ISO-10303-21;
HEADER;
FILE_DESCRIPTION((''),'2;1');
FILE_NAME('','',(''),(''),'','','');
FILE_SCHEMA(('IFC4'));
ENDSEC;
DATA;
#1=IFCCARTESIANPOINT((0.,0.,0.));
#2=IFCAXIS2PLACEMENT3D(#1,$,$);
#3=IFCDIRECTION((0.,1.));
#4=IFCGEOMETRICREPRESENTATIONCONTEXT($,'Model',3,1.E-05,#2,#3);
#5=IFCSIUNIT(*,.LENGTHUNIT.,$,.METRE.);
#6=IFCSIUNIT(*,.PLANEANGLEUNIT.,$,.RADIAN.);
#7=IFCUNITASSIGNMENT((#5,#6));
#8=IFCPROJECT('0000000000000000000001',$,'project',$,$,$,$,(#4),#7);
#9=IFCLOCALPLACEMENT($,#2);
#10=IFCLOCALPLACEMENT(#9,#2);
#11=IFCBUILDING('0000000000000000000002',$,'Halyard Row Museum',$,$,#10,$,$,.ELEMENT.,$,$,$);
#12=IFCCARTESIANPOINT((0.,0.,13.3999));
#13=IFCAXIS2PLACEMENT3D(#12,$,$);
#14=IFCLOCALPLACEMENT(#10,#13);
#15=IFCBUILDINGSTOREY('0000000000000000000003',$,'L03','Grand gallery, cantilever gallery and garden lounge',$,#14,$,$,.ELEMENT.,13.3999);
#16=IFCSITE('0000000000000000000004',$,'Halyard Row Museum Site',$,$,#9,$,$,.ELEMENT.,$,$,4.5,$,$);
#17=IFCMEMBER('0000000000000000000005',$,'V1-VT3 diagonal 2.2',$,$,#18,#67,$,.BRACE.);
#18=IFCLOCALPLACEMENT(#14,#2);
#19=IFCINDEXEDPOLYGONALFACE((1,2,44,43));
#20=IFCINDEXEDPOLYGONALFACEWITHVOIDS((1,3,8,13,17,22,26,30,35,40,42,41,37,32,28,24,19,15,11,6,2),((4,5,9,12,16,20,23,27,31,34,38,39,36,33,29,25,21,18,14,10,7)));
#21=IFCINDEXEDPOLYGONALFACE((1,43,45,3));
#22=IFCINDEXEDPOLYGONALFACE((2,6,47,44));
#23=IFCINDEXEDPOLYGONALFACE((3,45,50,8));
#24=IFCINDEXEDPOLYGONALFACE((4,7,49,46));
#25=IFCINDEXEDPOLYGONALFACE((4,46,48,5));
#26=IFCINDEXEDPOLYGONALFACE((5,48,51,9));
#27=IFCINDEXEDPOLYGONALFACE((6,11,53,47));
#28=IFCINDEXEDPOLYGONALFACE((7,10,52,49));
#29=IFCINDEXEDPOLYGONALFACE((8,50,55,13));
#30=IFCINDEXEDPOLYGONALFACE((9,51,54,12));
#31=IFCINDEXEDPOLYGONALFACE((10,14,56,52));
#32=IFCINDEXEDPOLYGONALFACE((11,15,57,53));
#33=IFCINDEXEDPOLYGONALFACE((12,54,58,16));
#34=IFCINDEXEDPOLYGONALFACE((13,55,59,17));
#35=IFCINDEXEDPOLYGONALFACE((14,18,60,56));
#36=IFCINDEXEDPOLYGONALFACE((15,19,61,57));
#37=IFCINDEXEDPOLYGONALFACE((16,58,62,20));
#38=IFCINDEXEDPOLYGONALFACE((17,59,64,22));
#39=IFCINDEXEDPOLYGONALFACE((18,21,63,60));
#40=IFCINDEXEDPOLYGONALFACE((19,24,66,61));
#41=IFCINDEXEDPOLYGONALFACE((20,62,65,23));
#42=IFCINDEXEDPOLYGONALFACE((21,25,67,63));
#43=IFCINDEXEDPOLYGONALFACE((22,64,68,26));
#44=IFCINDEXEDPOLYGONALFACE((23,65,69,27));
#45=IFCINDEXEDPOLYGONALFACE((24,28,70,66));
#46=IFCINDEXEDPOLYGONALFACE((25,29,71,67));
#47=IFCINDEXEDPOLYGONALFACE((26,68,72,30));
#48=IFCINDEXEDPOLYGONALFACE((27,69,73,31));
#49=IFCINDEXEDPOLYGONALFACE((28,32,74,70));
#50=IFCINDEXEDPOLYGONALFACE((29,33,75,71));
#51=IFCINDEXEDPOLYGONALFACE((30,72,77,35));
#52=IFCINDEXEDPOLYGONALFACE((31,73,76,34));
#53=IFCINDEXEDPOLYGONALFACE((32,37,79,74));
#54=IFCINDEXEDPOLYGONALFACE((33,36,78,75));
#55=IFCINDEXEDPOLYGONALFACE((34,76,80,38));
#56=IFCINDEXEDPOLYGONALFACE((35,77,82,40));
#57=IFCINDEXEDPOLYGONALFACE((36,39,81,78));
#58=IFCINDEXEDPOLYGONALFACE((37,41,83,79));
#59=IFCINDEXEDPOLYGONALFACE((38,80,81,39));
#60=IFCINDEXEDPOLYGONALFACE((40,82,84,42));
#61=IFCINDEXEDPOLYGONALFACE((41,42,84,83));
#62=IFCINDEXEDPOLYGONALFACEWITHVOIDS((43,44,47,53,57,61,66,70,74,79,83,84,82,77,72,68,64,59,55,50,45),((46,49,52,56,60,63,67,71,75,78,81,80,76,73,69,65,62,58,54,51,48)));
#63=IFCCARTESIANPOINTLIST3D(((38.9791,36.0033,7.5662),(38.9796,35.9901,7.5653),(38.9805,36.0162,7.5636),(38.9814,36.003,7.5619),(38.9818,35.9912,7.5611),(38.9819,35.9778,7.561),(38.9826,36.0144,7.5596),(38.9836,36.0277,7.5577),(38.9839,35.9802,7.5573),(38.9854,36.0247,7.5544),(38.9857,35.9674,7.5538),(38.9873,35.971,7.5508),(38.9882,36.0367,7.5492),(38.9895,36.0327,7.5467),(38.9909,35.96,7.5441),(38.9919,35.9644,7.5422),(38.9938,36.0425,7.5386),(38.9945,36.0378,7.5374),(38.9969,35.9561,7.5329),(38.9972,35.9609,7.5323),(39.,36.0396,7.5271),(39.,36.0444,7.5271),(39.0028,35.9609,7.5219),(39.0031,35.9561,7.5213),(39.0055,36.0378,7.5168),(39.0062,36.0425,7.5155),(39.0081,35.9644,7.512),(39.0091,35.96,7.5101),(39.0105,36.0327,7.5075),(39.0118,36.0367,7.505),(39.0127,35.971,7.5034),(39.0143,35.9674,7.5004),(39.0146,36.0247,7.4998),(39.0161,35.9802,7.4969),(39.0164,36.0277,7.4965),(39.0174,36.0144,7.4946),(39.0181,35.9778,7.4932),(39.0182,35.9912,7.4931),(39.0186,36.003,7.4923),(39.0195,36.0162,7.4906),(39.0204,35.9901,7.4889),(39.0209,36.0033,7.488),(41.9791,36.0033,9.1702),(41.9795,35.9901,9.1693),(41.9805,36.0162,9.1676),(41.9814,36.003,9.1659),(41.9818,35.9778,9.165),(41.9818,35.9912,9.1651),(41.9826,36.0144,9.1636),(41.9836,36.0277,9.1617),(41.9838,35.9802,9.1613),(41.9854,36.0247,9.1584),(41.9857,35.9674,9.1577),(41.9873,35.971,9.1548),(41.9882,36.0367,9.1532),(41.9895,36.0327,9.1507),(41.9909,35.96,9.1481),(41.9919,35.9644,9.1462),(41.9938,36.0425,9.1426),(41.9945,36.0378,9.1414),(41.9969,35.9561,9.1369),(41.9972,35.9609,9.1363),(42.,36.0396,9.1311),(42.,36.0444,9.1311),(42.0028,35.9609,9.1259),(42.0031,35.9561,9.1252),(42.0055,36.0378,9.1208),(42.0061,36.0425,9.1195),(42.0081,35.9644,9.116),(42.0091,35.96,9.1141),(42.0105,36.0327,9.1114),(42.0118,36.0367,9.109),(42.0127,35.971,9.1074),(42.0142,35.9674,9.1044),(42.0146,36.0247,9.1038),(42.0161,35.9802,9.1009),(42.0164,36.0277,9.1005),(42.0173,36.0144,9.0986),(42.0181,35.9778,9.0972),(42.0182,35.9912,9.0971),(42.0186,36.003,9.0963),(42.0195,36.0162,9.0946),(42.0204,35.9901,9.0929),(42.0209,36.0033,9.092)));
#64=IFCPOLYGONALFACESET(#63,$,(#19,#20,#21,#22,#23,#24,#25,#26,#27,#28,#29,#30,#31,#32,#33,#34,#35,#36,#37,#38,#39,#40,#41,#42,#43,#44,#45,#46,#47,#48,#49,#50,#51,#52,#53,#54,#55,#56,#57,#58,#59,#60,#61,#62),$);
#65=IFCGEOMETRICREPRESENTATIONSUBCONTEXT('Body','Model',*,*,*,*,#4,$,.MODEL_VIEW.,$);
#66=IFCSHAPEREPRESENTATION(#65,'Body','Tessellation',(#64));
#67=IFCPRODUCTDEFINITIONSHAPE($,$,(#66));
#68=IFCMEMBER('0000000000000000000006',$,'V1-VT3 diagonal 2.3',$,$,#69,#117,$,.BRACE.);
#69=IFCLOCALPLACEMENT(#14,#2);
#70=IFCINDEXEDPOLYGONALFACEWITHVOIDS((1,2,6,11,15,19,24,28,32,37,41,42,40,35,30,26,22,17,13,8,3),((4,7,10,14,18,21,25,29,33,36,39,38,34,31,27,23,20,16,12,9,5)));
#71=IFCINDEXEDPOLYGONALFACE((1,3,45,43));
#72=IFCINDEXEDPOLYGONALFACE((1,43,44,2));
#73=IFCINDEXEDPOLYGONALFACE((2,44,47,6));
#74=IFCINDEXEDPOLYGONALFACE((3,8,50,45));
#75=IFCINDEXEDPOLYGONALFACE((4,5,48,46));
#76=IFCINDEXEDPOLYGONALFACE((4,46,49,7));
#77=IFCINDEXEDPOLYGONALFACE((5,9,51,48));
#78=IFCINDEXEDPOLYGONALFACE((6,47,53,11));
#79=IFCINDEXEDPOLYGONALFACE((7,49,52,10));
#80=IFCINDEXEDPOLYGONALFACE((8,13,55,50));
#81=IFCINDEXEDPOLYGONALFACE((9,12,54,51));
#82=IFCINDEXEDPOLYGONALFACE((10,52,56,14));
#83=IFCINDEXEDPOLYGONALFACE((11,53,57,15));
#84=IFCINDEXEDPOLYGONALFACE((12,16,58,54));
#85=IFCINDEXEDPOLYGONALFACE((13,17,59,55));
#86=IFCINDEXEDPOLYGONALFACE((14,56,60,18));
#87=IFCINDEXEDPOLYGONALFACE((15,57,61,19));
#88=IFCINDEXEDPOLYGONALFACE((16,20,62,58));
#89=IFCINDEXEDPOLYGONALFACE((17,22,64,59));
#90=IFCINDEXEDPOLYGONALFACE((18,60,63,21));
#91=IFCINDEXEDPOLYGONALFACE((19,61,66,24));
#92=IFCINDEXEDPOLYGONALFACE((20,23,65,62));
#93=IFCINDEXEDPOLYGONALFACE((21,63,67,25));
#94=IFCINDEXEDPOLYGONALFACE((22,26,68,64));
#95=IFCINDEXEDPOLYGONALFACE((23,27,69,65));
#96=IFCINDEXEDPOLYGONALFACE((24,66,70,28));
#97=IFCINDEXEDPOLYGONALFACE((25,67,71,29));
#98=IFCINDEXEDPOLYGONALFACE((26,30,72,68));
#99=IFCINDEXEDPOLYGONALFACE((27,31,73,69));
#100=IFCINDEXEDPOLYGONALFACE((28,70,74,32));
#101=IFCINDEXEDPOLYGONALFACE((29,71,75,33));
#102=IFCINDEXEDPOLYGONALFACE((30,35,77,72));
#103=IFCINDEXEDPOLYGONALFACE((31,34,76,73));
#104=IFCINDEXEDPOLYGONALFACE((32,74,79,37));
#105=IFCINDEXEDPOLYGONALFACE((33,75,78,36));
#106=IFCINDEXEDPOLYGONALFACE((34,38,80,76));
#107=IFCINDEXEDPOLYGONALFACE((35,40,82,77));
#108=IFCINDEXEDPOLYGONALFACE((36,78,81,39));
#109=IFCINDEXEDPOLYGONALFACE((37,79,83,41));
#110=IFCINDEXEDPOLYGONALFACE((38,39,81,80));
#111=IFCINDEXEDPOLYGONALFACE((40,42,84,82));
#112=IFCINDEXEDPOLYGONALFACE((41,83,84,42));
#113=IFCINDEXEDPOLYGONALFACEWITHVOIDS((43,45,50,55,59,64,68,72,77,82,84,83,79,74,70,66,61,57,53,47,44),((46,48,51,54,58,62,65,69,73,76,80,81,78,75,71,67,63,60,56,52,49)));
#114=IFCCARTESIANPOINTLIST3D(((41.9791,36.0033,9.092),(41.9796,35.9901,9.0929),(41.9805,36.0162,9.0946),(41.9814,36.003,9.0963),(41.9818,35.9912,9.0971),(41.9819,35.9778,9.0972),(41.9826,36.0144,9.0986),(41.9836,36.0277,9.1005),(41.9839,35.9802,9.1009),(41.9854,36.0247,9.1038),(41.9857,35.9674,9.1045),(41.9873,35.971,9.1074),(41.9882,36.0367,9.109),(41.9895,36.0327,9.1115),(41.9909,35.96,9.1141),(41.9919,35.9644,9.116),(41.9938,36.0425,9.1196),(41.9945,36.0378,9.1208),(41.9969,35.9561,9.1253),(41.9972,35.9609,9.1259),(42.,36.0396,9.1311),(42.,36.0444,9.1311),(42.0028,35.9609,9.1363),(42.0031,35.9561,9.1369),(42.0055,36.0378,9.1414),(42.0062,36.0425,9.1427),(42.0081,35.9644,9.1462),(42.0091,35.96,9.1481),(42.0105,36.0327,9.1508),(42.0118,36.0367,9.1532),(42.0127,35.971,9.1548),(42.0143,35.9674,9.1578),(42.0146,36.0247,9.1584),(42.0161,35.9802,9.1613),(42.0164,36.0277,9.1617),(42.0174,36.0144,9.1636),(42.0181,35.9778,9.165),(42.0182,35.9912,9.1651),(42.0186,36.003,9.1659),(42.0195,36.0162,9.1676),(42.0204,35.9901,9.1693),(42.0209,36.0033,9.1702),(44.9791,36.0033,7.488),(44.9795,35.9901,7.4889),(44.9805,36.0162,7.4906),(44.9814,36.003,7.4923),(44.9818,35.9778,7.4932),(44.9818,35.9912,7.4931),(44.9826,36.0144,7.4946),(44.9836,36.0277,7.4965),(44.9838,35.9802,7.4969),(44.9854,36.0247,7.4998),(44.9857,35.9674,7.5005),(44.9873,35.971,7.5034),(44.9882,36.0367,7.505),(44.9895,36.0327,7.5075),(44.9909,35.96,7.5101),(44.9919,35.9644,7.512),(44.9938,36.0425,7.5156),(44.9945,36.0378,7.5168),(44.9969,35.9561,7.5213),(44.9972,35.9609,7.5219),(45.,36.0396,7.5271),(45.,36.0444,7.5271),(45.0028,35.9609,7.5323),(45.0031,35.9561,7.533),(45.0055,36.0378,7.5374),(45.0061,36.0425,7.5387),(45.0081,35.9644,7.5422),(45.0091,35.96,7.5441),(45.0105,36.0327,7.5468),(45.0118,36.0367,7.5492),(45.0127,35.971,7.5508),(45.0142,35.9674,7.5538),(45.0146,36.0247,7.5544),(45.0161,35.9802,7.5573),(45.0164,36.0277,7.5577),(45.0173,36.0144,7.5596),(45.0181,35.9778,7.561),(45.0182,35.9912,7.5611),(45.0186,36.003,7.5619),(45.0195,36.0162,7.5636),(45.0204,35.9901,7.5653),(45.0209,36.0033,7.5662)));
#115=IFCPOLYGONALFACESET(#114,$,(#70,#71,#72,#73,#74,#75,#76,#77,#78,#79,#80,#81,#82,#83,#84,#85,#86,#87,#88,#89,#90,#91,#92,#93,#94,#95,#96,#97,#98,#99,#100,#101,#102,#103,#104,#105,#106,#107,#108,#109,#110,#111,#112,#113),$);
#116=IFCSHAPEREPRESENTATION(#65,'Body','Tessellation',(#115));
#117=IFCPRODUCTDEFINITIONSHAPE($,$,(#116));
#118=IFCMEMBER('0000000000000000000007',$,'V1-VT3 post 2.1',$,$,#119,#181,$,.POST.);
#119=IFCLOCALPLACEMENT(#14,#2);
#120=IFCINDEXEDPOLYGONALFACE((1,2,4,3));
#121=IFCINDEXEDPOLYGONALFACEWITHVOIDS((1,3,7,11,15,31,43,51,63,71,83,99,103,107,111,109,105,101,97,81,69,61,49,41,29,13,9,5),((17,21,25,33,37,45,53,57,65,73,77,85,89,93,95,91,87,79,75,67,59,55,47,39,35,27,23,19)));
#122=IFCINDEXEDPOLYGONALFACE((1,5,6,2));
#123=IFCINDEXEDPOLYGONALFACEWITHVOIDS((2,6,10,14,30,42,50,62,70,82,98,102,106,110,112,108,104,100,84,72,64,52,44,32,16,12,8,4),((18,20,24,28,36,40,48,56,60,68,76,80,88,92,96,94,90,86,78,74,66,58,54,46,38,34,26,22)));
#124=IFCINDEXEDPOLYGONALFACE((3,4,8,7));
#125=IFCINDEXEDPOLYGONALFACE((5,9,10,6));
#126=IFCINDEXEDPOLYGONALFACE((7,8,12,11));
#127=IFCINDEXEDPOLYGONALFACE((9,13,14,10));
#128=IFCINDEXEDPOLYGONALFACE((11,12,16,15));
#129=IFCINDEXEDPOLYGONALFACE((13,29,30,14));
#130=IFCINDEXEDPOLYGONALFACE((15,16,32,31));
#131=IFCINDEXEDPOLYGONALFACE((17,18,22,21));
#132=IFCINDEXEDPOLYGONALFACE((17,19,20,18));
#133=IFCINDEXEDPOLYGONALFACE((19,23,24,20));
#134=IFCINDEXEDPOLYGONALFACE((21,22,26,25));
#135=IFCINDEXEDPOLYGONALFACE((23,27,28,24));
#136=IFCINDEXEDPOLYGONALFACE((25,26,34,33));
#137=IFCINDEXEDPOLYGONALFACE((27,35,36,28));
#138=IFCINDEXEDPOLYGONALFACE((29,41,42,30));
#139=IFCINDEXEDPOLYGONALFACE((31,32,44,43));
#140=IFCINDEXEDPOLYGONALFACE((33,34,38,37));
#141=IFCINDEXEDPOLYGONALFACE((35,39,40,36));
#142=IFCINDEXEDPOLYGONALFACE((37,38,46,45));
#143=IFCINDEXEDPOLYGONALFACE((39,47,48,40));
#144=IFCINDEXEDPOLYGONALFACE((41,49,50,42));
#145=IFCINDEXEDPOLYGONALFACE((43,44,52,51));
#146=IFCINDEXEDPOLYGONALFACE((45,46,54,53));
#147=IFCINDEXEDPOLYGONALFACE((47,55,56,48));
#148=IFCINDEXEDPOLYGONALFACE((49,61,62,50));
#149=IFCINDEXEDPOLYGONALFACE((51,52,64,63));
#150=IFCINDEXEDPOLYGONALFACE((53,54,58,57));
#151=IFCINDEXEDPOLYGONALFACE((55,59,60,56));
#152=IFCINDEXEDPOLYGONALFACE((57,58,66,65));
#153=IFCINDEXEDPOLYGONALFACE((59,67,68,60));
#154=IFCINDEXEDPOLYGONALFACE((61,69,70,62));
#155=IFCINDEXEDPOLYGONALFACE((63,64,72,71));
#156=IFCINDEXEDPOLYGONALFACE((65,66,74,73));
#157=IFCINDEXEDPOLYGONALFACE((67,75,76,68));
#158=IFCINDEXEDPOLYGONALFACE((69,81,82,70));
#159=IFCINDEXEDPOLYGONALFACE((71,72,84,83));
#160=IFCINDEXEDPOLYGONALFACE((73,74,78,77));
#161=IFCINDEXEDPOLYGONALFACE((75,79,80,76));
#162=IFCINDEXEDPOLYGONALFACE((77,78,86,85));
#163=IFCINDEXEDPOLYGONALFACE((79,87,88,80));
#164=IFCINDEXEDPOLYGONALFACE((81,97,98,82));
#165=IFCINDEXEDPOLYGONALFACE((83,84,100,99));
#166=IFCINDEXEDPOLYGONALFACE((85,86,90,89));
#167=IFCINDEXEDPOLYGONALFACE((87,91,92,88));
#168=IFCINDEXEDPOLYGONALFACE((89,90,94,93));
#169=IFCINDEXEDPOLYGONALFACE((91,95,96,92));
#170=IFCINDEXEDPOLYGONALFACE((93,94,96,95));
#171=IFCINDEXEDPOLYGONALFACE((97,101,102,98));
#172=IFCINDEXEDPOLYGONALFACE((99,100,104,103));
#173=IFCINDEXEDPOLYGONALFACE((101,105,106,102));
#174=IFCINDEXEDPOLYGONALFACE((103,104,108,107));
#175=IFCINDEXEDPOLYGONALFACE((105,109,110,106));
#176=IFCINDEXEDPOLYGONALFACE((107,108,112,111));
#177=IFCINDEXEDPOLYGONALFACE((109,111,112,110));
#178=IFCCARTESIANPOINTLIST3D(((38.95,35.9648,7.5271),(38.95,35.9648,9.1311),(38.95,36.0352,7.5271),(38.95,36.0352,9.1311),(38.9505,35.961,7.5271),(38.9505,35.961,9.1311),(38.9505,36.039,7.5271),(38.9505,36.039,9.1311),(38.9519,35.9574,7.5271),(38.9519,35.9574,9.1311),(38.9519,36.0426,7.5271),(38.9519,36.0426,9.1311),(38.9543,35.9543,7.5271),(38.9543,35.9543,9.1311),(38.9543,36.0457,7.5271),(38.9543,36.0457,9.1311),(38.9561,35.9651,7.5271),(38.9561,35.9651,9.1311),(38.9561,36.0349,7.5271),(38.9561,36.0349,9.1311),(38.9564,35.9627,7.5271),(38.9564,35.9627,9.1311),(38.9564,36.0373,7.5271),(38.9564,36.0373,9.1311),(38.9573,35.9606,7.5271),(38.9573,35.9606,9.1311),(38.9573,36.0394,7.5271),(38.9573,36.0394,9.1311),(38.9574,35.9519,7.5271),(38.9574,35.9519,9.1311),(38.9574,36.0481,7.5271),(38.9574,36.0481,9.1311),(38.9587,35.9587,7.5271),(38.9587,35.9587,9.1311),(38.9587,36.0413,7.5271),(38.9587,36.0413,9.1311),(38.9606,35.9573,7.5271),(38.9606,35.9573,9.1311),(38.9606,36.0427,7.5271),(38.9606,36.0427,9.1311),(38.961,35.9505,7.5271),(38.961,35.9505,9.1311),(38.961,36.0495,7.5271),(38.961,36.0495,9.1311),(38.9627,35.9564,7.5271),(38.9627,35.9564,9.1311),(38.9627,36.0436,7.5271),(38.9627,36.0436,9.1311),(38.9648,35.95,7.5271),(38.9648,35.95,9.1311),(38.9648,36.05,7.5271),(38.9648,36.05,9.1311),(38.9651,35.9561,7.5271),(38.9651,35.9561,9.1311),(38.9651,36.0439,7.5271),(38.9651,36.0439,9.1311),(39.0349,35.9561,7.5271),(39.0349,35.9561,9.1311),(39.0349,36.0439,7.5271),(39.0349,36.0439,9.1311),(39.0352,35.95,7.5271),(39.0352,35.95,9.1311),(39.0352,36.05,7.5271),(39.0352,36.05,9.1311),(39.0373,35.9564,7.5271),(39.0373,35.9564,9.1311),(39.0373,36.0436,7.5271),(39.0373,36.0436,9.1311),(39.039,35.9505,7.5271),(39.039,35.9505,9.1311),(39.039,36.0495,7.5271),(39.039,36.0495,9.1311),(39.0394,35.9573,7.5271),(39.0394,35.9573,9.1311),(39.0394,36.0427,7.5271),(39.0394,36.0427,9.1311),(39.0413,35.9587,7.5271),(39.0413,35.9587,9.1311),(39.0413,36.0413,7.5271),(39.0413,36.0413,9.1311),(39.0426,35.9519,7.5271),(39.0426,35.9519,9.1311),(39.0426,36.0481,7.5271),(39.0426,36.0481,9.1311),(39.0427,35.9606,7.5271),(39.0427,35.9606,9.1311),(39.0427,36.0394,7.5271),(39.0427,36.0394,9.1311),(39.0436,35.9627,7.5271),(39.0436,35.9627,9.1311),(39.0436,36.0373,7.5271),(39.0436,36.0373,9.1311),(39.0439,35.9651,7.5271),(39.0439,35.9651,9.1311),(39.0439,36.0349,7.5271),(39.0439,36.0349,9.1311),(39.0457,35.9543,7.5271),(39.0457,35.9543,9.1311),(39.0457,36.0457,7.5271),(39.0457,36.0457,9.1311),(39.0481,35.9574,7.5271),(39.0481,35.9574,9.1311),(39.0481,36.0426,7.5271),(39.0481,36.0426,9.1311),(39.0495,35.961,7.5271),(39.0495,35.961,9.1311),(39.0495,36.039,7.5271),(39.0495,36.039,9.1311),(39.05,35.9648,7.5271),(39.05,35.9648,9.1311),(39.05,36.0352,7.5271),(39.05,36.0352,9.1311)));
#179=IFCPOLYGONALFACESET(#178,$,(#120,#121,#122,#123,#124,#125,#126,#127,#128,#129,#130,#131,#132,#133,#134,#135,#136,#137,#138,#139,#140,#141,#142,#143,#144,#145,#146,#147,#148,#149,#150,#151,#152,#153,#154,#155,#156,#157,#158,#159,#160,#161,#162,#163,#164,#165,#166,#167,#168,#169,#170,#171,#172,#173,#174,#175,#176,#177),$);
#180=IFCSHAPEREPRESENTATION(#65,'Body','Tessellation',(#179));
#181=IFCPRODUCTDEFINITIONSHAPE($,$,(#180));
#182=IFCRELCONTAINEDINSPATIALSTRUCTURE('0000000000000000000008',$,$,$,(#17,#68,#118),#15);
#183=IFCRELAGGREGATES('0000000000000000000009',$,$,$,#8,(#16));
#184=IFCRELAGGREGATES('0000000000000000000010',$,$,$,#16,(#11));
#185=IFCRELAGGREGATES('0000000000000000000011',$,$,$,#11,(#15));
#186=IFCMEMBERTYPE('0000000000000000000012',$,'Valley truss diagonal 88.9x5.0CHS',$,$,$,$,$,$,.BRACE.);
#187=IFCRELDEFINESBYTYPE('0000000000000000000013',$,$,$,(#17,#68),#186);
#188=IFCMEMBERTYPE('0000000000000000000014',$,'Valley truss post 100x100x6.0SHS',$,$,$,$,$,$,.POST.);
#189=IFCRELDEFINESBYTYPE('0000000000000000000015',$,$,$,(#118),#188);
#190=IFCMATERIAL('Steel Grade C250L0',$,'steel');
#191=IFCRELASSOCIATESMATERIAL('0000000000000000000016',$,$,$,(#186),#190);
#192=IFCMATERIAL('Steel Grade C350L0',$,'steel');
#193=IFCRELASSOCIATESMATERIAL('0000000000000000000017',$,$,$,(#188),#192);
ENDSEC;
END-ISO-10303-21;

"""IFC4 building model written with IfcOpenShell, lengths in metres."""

from ifc_helpers import new_model, si_unit, direction, frame, origin, origin_2d, place, context, subcontext, project, spatial, hollow_rectangle, hollow_circle, extrude, material, material_profile, profile_set, type_object, element, save


model = new_model("IFC4")

# Units and contexts
model_context = context("Model", 3, precision=1e-05, world=origin(), true_north=direction((0.0, 1.0)))
body_context = subcontext(model_context, "Body", "Model", "MODEL_VIEW")
ifc_project = project(units=[si_unit("LENGTHUNIT", "METRE"), si_unit("PLANEANGLEUNIT", "RADIAN")], contexts=[model_context])

# Site, building, storey
site_placement = place(None, origin())
site = spatial("IfcSite", under=ifc_project, at=site_placement, Name="Halyard Row Museum Site", CompositionType="ELEMENT", RefElevation=4.5)
building_placement = place(site_placement, origin())
building = spatial("IfcBuilding", under=site, at=building_placement, Name="Halyard Row Museum", CompositionType="ELEMENT")
storey_placement = place(building_placement, frame((0.0, 0.0, 13.3999)))
storey = spatial("IfcBuildingStorey", under=building, at=storey_placement, Name="L03", Description="Grand gallery, cantilever gallery and garden lounge", CompositionType="ELEMENT", Elevation=13.3999)

# Members
ifc_material_1 = material(Name="Steel Grade C250L0", Category="steel")
ifc_material_profile_1 = material_profile(ifc_material_1, hollow_circle(Radius=0.0444, WallThickness=0.0049, at=origin_2d()), Name="88.9x5.0CHS")
ifc_profile_set_1 = profile_set([ifc_material_profile_1], Name="Steel Grade C250L0")
member_type_1 = type_object("IfcMemberType", Name="Valley truss diagonal 88.9x5.0CHS", PredefinedType="BRACE", material=ifc_profile_set_1)
for number, where, z_axis, x_axis, name in (
    (1, (39.0, 36.0, 7.5271), (0.881864, 0.0, 0.471504), (0.0, 1.0, 0.0), "V1-VT3 diagonal 2.2"),
    (2, (42.0, 36.0, 9.1311), (0.881864, 0.0, -0.471504), (0.0, 1.0, 0.0), "V1-VT3 diagonal 2.3"),
):
    element("IfcMember", number, at=place(storey_placement, frame(where, z_axis=z_axis, x_axis=x_axis)), inside=storey, type_object=member_type_1, Name=name, PredefinedType="BRACE", context=body_context, shape_type="SweptSolid", body=[
        extrude(hollow_circle(Radius=0.0444, WallThickness=0.0049, at=origin_2d()), origin(), (0.0, 0.0, 1.0), 3.4019),
    ])
ifc_material_2 = material(Name="Steel Grade C350L0", Category="steel")
ifc_material_profile_2 = material_profile(ifc_material_2, hollow_rectangle(XDim=0.1001, YDim=0.1001, WallThickness=0.0061, InnerFilletRadius=0.009, OuterFilletRadius=0.0149, at=origin_2d()), Name="100x100x6.0SHS")
ifc_profile_set_2 = profile_set([ifc_material_profile_2], Name="Steel Grade C350L0")
member_type_2 = type_object("IfcMemberType", Name="Valley truss post 100x100x6.0SHS", PredefinedType="POST", material=ifc_profile_set_2)
for number, where, z_axis, x_axis, name in (
    (3, (39.0, 36.0, 7.5271), (0.0, 0.0, 1.0), (1.0, 0.0, 0.0), "V1-VT3 post 2.1"),
):
    element("IfcMember", number, at=place(storey_placement, frame(where, z_axis=z_axis, x_axis=x_axis)), inside=storey, type_object=member_type_2, Name=name, PredefinedType="POST", context=body_context, shape_type="SweptSolid", body=[
        extrude(hollow_rectangle(XDim=0.1001, YDim=0.1001, WallThickness=0.0061, InnerFilletRadius=0.009, OuterFilletRadius=0.0149, at=origin_2d()), origin(), (0.0, 0.0, 1.0), 1.604),
    ])

save(model, "model.ifc")
